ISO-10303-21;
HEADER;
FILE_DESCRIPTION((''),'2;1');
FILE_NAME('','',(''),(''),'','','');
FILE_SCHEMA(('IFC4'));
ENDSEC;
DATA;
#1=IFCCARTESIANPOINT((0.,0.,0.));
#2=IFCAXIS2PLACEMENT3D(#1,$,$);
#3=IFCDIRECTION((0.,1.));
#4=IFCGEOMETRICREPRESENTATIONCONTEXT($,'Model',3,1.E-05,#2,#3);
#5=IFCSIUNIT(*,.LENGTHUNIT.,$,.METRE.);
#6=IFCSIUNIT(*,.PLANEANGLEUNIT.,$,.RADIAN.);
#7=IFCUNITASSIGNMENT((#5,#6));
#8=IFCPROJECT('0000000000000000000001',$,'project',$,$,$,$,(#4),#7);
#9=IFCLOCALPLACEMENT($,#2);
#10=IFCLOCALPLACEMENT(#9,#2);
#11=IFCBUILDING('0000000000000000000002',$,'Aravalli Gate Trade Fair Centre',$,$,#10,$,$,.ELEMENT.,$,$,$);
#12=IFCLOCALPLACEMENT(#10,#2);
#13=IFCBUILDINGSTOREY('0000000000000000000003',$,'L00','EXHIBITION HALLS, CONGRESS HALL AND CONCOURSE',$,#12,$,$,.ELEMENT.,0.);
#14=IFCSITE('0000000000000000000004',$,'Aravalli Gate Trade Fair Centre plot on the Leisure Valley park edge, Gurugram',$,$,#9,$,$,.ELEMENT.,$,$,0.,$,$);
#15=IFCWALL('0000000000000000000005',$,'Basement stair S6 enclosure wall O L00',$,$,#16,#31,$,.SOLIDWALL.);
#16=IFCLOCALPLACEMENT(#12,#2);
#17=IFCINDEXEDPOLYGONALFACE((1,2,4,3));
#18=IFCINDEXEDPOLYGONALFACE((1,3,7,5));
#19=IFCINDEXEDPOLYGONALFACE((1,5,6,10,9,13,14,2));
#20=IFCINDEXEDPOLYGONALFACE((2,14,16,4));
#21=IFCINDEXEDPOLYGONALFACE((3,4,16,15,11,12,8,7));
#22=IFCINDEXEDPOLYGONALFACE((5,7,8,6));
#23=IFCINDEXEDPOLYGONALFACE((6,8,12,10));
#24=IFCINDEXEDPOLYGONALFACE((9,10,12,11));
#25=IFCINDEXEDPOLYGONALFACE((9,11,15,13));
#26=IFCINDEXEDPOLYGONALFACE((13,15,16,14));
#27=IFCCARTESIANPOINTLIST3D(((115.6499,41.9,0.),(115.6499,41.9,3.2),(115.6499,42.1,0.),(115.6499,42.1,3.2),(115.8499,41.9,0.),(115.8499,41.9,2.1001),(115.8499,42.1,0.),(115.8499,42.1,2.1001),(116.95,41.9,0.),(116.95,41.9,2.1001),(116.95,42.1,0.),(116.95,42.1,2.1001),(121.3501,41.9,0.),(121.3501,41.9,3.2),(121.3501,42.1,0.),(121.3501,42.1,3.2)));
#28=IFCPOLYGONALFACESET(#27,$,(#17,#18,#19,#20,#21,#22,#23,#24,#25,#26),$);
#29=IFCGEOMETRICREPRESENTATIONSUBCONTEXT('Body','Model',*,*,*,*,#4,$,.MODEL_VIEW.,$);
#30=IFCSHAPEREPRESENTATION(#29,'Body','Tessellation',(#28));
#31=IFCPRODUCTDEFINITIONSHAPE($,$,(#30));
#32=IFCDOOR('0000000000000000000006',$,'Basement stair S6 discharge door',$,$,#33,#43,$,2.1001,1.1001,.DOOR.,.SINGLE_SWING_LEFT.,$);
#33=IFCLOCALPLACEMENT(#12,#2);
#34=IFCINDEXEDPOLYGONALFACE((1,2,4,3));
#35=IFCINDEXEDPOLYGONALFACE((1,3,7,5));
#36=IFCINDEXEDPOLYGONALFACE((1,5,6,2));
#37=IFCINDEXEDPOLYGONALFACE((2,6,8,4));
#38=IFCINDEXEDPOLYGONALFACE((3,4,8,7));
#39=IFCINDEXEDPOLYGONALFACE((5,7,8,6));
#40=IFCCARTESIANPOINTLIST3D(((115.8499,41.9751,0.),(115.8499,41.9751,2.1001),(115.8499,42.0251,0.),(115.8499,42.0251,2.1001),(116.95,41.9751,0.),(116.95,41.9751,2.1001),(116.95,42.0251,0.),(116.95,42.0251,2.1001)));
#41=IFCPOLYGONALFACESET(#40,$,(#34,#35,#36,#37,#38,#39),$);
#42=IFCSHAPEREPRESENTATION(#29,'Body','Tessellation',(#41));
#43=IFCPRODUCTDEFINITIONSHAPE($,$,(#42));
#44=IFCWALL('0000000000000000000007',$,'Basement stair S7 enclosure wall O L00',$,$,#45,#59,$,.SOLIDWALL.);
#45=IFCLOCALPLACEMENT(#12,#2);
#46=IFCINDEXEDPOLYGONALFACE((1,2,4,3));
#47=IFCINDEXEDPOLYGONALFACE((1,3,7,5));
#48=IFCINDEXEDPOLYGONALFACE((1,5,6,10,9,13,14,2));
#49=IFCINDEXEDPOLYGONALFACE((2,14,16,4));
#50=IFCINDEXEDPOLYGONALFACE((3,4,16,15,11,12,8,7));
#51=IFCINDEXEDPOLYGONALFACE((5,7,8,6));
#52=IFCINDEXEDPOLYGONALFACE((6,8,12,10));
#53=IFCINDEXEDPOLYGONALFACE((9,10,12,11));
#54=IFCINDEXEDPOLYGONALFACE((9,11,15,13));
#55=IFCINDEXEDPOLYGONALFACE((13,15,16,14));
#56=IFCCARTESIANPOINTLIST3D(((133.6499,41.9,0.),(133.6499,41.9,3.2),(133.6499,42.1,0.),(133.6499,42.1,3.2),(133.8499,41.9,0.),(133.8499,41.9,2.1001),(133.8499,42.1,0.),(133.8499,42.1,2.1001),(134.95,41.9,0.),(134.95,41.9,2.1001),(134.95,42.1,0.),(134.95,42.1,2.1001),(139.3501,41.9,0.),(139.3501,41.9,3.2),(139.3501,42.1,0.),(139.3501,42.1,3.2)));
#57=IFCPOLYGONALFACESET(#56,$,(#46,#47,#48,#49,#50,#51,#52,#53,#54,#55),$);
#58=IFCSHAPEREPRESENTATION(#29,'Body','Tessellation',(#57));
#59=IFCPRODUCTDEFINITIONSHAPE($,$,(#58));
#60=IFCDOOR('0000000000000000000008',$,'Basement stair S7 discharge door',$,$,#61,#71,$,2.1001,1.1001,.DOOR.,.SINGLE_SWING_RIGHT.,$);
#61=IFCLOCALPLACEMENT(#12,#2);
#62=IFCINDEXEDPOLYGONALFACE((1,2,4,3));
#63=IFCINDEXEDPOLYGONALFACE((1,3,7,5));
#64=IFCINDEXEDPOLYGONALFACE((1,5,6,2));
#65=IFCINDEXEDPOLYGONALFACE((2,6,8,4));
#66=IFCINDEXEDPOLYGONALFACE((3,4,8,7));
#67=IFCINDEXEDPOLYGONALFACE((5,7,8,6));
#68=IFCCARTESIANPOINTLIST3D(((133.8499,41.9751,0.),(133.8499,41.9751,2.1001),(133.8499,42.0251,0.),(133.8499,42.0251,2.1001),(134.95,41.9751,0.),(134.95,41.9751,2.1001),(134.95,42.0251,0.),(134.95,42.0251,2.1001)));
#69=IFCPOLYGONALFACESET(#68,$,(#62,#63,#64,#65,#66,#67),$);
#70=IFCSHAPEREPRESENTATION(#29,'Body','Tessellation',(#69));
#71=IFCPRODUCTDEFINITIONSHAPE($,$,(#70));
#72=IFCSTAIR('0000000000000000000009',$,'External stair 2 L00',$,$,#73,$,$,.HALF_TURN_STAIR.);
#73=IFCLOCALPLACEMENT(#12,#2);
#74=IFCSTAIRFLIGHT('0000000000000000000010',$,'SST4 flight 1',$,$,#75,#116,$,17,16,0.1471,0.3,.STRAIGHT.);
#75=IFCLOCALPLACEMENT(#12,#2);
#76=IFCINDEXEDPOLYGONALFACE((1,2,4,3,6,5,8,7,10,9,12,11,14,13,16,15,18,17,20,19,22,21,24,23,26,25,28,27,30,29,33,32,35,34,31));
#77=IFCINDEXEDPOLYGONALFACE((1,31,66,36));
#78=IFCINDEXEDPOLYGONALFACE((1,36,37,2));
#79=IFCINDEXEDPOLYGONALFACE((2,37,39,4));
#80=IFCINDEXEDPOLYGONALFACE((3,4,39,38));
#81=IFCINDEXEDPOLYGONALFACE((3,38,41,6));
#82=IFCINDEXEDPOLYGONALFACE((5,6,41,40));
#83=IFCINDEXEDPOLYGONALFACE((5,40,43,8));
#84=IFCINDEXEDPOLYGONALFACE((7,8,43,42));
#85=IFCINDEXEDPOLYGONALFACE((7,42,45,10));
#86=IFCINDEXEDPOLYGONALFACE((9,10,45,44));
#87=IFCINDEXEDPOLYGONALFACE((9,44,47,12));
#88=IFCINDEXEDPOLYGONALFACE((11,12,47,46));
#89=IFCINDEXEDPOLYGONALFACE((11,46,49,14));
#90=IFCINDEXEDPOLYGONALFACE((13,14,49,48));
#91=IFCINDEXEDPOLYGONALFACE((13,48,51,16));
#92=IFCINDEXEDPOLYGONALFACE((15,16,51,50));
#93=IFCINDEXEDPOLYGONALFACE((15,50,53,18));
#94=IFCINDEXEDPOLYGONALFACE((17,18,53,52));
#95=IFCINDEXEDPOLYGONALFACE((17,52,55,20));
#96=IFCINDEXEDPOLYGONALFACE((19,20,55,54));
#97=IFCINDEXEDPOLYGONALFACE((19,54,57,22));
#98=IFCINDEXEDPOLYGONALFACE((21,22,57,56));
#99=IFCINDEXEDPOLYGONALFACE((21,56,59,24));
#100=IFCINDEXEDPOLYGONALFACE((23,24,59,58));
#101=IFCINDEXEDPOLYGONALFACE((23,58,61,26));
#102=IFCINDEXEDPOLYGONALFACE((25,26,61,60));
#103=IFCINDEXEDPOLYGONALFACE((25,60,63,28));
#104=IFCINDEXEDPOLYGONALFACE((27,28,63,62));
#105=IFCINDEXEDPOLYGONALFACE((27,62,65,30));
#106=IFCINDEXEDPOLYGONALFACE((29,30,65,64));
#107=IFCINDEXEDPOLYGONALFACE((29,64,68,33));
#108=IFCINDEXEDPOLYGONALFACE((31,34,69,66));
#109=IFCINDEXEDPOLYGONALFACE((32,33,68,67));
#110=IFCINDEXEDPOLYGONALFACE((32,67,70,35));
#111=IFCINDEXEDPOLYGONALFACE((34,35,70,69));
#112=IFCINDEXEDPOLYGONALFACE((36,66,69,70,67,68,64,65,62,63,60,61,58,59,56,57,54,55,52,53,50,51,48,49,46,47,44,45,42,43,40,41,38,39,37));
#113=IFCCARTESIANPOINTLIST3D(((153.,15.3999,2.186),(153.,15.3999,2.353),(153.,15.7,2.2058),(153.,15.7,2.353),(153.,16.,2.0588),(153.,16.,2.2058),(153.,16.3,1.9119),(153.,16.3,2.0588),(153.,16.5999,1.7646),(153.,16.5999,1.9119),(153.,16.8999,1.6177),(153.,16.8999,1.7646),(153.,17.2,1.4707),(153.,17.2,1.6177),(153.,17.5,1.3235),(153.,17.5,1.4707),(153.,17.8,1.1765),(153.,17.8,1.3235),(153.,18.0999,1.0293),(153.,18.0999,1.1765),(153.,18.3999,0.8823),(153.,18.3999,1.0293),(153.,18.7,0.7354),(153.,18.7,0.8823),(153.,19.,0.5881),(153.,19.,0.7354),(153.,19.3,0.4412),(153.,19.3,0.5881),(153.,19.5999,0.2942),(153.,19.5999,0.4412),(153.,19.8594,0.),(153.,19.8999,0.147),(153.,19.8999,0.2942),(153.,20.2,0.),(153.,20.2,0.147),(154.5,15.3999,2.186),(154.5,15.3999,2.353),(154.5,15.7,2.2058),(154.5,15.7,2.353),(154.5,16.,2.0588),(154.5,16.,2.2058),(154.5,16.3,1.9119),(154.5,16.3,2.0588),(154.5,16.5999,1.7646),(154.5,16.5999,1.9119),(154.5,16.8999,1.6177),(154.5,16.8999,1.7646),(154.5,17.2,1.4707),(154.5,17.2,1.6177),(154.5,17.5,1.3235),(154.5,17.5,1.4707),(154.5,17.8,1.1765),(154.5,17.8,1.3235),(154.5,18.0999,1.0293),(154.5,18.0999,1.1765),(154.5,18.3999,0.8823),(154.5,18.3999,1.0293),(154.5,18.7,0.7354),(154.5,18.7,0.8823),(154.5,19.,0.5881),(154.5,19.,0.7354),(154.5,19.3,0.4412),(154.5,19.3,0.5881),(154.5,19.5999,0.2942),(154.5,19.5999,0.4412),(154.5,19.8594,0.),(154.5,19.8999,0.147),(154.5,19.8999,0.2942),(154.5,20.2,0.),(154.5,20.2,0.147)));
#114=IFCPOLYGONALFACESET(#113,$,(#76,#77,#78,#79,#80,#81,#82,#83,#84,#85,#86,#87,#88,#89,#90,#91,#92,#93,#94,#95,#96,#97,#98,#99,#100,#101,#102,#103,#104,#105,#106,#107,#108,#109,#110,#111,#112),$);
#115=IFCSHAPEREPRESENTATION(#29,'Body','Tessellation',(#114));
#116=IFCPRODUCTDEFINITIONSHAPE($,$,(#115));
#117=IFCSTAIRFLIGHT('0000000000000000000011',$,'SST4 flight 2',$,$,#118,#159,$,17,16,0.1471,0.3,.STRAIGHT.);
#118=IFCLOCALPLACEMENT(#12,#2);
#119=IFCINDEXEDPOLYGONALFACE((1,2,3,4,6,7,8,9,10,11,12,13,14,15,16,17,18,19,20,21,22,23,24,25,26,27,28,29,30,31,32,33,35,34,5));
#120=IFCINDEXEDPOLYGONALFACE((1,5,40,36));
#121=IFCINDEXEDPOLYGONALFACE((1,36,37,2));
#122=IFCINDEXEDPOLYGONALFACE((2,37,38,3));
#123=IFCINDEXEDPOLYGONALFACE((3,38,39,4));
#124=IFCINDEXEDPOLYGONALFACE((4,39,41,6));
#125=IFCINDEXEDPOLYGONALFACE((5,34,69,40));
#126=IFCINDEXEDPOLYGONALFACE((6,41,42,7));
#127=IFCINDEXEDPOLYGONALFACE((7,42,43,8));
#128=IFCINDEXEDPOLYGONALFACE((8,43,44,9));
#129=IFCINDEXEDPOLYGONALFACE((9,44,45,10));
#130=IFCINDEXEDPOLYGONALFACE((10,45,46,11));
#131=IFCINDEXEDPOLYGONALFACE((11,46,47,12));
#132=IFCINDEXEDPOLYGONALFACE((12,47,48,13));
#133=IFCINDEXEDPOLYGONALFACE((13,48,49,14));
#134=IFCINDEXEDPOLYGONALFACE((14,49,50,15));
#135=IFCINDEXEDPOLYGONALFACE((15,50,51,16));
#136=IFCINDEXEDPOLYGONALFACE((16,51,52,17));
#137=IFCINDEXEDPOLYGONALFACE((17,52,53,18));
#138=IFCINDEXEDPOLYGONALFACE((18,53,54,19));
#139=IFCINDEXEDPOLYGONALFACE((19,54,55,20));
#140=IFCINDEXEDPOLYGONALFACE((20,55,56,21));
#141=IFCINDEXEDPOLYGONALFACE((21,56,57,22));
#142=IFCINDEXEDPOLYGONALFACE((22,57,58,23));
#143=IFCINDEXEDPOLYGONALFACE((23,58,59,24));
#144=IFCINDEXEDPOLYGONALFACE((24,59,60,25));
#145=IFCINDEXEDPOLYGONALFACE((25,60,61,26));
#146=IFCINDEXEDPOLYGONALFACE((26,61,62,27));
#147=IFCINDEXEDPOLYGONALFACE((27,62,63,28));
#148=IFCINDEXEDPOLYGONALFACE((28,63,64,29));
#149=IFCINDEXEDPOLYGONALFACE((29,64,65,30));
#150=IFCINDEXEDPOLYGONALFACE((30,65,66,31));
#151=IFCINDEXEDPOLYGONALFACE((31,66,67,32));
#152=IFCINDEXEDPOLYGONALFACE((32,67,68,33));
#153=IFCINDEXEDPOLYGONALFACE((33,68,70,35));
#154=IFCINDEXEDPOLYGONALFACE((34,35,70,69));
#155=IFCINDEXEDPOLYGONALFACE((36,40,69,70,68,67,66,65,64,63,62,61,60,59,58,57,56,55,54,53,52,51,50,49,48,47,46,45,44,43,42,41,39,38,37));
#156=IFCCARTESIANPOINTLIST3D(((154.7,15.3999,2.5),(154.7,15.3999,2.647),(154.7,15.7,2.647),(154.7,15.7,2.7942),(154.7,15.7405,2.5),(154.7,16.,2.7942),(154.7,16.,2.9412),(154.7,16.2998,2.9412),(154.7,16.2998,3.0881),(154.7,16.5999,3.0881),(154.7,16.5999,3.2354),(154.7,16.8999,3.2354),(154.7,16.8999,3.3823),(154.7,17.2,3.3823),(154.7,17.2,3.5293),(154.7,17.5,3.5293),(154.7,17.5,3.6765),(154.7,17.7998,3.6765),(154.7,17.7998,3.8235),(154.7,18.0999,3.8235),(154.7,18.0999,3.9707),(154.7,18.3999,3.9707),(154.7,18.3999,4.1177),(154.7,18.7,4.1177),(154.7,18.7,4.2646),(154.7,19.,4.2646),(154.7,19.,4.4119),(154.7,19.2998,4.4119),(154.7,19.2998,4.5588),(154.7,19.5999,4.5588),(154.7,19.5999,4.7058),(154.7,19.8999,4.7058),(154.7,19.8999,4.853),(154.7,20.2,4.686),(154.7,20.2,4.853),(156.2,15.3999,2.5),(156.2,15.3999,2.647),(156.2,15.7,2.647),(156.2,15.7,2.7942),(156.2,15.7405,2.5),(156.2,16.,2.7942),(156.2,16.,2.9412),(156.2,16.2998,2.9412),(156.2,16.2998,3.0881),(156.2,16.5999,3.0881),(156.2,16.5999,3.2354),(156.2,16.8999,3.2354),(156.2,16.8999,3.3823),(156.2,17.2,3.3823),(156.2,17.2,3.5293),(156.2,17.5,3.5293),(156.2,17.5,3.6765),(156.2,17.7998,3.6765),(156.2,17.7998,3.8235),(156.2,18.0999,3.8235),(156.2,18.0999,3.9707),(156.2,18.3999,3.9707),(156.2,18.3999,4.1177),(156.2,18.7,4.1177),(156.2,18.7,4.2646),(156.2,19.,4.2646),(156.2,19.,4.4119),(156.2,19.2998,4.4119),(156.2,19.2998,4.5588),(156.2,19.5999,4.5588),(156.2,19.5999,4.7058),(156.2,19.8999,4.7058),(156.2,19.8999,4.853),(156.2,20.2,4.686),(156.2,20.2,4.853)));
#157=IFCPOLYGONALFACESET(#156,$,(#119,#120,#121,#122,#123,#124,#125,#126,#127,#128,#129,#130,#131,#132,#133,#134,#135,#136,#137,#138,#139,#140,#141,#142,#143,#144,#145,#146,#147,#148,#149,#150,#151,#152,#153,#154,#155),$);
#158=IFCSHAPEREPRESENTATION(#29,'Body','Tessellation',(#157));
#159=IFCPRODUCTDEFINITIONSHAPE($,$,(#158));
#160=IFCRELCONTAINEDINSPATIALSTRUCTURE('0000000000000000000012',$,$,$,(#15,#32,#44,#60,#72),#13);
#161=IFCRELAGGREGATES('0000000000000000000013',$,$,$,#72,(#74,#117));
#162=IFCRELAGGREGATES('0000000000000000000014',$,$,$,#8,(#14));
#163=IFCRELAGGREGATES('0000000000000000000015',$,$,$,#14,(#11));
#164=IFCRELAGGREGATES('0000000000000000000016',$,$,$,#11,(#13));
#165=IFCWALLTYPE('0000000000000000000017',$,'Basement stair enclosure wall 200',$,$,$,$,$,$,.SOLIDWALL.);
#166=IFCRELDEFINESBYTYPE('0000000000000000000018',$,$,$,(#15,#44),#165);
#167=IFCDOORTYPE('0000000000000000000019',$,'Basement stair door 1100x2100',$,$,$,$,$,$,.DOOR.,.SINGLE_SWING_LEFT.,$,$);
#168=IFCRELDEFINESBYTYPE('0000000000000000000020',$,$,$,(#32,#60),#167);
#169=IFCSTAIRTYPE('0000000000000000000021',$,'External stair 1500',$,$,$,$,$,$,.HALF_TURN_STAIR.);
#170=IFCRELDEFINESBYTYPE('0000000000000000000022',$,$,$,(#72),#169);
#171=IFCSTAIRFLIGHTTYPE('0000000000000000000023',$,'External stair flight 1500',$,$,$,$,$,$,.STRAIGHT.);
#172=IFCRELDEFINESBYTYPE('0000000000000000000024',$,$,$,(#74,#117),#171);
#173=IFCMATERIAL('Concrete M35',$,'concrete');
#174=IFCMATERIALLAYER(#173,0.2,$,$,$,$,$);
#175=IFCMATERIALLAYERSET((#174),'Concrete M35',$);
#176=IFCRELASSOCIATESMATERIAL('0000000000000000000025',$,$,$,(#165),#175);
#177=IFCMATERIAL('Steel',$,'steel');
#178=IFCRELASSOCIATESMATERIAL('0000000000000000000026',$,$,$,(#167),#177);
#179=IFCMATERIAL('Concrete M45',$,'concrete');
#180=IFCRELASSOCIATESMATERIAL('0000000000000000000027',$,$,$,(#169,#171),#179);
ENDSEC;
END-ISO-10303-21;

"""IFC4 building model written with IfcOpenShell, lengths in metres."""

from ifc_helpers import new_model, si_unit, direction, frame, frame_2d, origin, place, context, subcontext, project, spatial, polyline, rectangle, outline, extrude, material, layer, layer_set, type_object, element, fill, aggregate, save


model = new_model("IFC4")

# Units and contexts
model_context = context("Model", 3, precision=1e-05, world=origin(), true_north=direction((0.0, 1.0)))
body_context = subcontext(model_context, "Body", "Model", "MODEL_VIEW")
ifc_project = project(units=[si_unit("LENGTHUNIT", "METRE"), si_unit("PLANEANGLEUNIT", "RADIAN")], contexts=[model_context])

# Site, building, storey
site_placement = place(None, origin())
site = spatial("IfcSite", under=ifc_project, at=site_placement, Name="Aravalli Gate Trade Fair Centre plot on the Leisure Valley park edge, Gurugram", CompositionType="ELEMENT", RefElevation=0.0)
building_placement = place(site_placement, origin())
building = spatial("IfcBuilding", under=site, at=building_placement, Name="Aravalli Gate Trade Fair Centre", CompositionType="ELEMENT")
storey_placement = place(building_placement, origin())
storey = spatial("IfcBuildingStorey", under=building, at=storey_placement, Name="L00", Description="EXHIBITION HALLS, CONGRESS HALL AND CONCOURSE", CompositionType="ELEMENT", Elevation=0.0)

# Shared definitions
ifc_material_1 = material(Name="Concrete M45", Category="concrete")

# Shared definitions
ifc_material_2 = material(Name="Concrete M35", Category="concrete")
ifc_layer = layer(ifc_material_2, 0.2)
ifc_layer_set = layer_set([ifc_layer], Name="Concrete M35")
wall_type = type_object("IfcWallType", Name="Basement stair enclosure wall 200", PredefinedType="SOLIDWALL", material=ifc_layer_set)

# Walls, openings, doors
wall_1_placement = place(storey_placement, frame((115.6499, 42.0, 0.0), z_axis=(0.0, 0.0, 1.0), x_axis=(1.0, 0.0, 0.0)))
wall_1 = element("IfcWall", 1, at=wall_1_placement, inside=storey, type_object=wall_type, Name="Basement stair S6 enclosure wall O L00", PredefinedType="SOLIDWALL", context=body_context, shape_type="SweptSolid", body=[
    extrude(rectangle(XDim=5.7002, YDim=0.2, at=frame_2d((2.8501, 0.0))), origin(), (0.0, 0.0, 1.0), 3.2),
])
opening_1_placement = place(wall_1_placement, frame((0.2, 0.0, 0.0)))
opening_1 = element("IfcOpeningElement", 2, at=opening_1_placement, cuts=wall_1, PredefinedType="OPENING", context=body_context, shape_type="SweptSolid", body=[
    extrude(rectangle(XDim=1.1001, YDim=2.1001, at=frame_2d((0.55, 1.05))), frame((0.0, 0.1099, 0.0), z_axis=(0.0, -1.0, 0.0), x_axis=(1.0, 0.0, 0.0)), (0.0, 0.0, 1.0), 0.22),
])
ifc_material_3 = material(Name="Steel", Category="steel")
door_type = type_object("IfcDoorType", Name="Basement stair door 1100x2100", OperationType="SINGLE_SWING_LEFT", PredefinedType="DOOR", material=ifc_material_3)
door_1_placement = place(opening_1_placement, frame((1.1001, 0.0, 0.0), z_axis=(0.0, 0.0, 1.0), x_axis=(-1.0, 0.0, 0.0)))
door_1 = element("IfcDoor", 3, at=door_1_placement, inside=storey, type_object=door_type, Name="Basement stair S6 discharge door", OperationType="SINGLE_SWING_LEFT", OverallHeight=2.1001, OverallWidth=1.1001, PredefinedType="DOOR", context=body_context, shape_type="SweptSolid", body=[
    extrude(rectangle(XDim=1.1001, YDim=2.1001, at=frame_2d((0.55, 1.05))), frame((0.0, 0.0249, 0.0), z_axis=(0.0, -1.0, 0.0), x_axis=(1.0, 0.0, 0.0)), (0.0, 0.0, 1.0), 0.05),
])
fill(opening_1, door_1)
wall_2_placement = place(storey_placement, frame((133.6499, 42.0, 0.0), z_axis=(0.0, 0.0, 1.0), x_axis=(1.0, 0.0, 0.0)))
wall_2 = element("IfcWall", 4, at=wall_2_placement, inside=storey, type_object=wall_type, Name="Basement stair S7 enclosure wall O L00", PredefinedType="SOLIDWALL", context=body_context, shape_type="SweptSolid", body=[
    extrude(rectangle(XDim=5.7002, YDim=0.2, at=frame_2d((2.8501, 0.0))), origin(), (0.0, 0.0, 1.0), 3.2),
])
opening_2_placement = place(wall_2_placement, frame((0.2, 0.0, 0.0)))
opening_2 = element("IfcOpeningElement", 5, at=opening_2_placement, cuts=wall_2, PredefinedType="OPENING", context=body_context, shape_type="SweptSolid", body=[
    extrude(rectangle(XDim=1.1001, YDim=2.1001, at=frame_2d((0.55, 1.05))), frame((0.0, 0.1099, 0.0), z_axis=(0.0, -1.0, 0.0), x_axis=(1.0, 0.0, 0.0)), (0.0, 0.0, 1.0), 0.22),
])
door_2_placement = place(opening_2_placement, frame((1.1001, 0.0, 0.0), z_axis=(0.0, 0.0, 1.0), x_axis=(-1.0, 0.0, 0.0)))
door_2 = element("IfcDoor", 6, at=door_2_placement, inside=storey, type_object=door_type, Name="Basement stair S7 discharge door", OperationType="SINGLE_SWING_RIGHT", OverallHeight=2.1001, OverallWidth=1.1001, PredefinedType="DOOR", context=body_context, shape_type="SweptSolid", body=[
    extrude(rectangle(XDim=1.1001, YDim=2.1001, at=frame_2d((0.55, 1.05))), frame((0.0, 0.0249, 0.0), z_axis=(0.0, -1.0, 0.0), x_axis=(1.0, 0.0, 0.0)), (0.0, 0.0, 1.0), 0.05),
])
fill(opening_2, door_2)

# Stair, stair flights
stair_type = type_object("IfcStairType", Name="External stair 1500", PredefinedType="HALF_TURN_STAIR", material=ifc_material_1)
stair_placement = place(storey_placement, origin())
stair = element("IfcStair", 7, at=stair_placement, inside=storey, type_object=stair_type, Name="External stair 2 L00", PredefinedType="HALF_TURN_STAIR")
stair_flight_type = type_object("IfcStairFlightType", Name="External stair flight 1500", PredefinedType="STRAIGHT", material=ifc_material_1)
stair_flight_1_placement = place(storey_placement, frame((153.75, 20.2, 0.0), z_axis=(0.0, 0.0, 1.0), x_axis=(0.0, -1.0, 0.0)))
stair_flight_1 = element("IfcStairFlight", 8, at=stair_flight_1_placement, type_object=stair_flight_type, Name="SST4 flight 1", NumberOfRisers=17, NumberOfTreads=16, PredefinedType="STRAIGHT", RiserHeight=0.1471, TreadLength=0.3, context=body_context, shape_type="SweptSolid", body=[
    extrude(outline(polyline([(0.0, 0.0), (0.0, 0.147), (0.3, 0.147), (0.3, 0.2942), (0.6001, 0.2942), (0.6001, 0.4412), (0.8999, 0.4412), (0.8999, 0.5881), (1.2, 0.5881), (1.2, 0.7354), (1.5, 0.7354), (1.5, 0.8823), (1.8, 0.8823), (1.8, 1.0293), (2.1001, 1.0293), (2.1001, 1.1765), (2.3999, 1.1765), (2.3999, 1.3235), (2.7, 1.3235), (2.7, 1.4707), (3.0, 1.4707), (3.0, 1.6177), (3.3, 1.6177), (3.3, 1.7646), (3.6001, 1.7646), (3.6001, 1.9119), (3.8999, 1.9119), (3.8999, 2.0588), (4.2, 2.0588), (4.2, 2.2058), (4.5, 2.2058), (4.5, 2.353), (4.8, 2.353), (4.8, 2.5), (4.8, 2.186), (0.3406, 0.0), (0.0, 0.0)])), frame((0.0, 0.75, 0.0), z_axis=(0.0, -1.0, 0.0), x_axis=(1.0, 0.0, 0.0)), (0.0, 0.0, 1.0), 1.5),
])
stair_flight_2_placement = place(storey_placement, frame((155.45, 15.3999, 2.5), z_axis=(0.0, 0.0, 1.0), x_axis=(0.0, 1.0, 0.0)))
stair_flight_2 = element("IfcStairFlight", 9, at=stair_flight_2_placement, type_object=stair_flight_type, Name="SST4 flight 2", NumberOfRisers=17, NumberOfTreads=16, PredefinedType="STRAIGHT", RiserHeight=0.1471, TreadLength=0.3, context=body_context, shape_type="SweptSolid", body=[
    extrude(outline(polyline([(0.0, 0.0), (0.0, 0.147), (0.3, 0.147), (0.3, 0.2942), (0.6001, 0.2942), (0.6001, 0.4412), (0.8999, 0.4412), (0.8999, 0.5881), (1.2, 0.5881), (1.2, 0.7354), (1.5, 0.7354), (1.5, 0.8823), (1.8, 0.8823), (1.8, 1.0293), (2.1001, 1.0293), (2.1001, 1.1765), (2.3999, 1.1765), (2.3999, 1.3235), (2.7, 1.3235), (2.7, 1.4707), (3.0, 1.4707), (3.0, 1.6177), (3.3, 1.6177), (3.3, 1.7646), (3.6001, 1.7646), (3.6001, 1.9119), (3.8999, 1.9119), (3.8999, 2.0588), (4.2, 2.0588), (4.2, 2.2058), (4.5, 2.2058), (4.5, 2.353), (4.8, 2.353), (4.8, 2.5), (4.8, 2.186), (0.3406, 0.0), (0.0, 0.0)])), frame((0.0, 0.75, 0.0), z_axis=(0.0, -1.0, 0.0), x_axis=(1.0, 0.0, 0.0)), (0.0, 0.0, 1.0), 1.5),
])
aggregate(stair, [stair_flight_1, stair_flight_2])

save(model, "model.ifc")
